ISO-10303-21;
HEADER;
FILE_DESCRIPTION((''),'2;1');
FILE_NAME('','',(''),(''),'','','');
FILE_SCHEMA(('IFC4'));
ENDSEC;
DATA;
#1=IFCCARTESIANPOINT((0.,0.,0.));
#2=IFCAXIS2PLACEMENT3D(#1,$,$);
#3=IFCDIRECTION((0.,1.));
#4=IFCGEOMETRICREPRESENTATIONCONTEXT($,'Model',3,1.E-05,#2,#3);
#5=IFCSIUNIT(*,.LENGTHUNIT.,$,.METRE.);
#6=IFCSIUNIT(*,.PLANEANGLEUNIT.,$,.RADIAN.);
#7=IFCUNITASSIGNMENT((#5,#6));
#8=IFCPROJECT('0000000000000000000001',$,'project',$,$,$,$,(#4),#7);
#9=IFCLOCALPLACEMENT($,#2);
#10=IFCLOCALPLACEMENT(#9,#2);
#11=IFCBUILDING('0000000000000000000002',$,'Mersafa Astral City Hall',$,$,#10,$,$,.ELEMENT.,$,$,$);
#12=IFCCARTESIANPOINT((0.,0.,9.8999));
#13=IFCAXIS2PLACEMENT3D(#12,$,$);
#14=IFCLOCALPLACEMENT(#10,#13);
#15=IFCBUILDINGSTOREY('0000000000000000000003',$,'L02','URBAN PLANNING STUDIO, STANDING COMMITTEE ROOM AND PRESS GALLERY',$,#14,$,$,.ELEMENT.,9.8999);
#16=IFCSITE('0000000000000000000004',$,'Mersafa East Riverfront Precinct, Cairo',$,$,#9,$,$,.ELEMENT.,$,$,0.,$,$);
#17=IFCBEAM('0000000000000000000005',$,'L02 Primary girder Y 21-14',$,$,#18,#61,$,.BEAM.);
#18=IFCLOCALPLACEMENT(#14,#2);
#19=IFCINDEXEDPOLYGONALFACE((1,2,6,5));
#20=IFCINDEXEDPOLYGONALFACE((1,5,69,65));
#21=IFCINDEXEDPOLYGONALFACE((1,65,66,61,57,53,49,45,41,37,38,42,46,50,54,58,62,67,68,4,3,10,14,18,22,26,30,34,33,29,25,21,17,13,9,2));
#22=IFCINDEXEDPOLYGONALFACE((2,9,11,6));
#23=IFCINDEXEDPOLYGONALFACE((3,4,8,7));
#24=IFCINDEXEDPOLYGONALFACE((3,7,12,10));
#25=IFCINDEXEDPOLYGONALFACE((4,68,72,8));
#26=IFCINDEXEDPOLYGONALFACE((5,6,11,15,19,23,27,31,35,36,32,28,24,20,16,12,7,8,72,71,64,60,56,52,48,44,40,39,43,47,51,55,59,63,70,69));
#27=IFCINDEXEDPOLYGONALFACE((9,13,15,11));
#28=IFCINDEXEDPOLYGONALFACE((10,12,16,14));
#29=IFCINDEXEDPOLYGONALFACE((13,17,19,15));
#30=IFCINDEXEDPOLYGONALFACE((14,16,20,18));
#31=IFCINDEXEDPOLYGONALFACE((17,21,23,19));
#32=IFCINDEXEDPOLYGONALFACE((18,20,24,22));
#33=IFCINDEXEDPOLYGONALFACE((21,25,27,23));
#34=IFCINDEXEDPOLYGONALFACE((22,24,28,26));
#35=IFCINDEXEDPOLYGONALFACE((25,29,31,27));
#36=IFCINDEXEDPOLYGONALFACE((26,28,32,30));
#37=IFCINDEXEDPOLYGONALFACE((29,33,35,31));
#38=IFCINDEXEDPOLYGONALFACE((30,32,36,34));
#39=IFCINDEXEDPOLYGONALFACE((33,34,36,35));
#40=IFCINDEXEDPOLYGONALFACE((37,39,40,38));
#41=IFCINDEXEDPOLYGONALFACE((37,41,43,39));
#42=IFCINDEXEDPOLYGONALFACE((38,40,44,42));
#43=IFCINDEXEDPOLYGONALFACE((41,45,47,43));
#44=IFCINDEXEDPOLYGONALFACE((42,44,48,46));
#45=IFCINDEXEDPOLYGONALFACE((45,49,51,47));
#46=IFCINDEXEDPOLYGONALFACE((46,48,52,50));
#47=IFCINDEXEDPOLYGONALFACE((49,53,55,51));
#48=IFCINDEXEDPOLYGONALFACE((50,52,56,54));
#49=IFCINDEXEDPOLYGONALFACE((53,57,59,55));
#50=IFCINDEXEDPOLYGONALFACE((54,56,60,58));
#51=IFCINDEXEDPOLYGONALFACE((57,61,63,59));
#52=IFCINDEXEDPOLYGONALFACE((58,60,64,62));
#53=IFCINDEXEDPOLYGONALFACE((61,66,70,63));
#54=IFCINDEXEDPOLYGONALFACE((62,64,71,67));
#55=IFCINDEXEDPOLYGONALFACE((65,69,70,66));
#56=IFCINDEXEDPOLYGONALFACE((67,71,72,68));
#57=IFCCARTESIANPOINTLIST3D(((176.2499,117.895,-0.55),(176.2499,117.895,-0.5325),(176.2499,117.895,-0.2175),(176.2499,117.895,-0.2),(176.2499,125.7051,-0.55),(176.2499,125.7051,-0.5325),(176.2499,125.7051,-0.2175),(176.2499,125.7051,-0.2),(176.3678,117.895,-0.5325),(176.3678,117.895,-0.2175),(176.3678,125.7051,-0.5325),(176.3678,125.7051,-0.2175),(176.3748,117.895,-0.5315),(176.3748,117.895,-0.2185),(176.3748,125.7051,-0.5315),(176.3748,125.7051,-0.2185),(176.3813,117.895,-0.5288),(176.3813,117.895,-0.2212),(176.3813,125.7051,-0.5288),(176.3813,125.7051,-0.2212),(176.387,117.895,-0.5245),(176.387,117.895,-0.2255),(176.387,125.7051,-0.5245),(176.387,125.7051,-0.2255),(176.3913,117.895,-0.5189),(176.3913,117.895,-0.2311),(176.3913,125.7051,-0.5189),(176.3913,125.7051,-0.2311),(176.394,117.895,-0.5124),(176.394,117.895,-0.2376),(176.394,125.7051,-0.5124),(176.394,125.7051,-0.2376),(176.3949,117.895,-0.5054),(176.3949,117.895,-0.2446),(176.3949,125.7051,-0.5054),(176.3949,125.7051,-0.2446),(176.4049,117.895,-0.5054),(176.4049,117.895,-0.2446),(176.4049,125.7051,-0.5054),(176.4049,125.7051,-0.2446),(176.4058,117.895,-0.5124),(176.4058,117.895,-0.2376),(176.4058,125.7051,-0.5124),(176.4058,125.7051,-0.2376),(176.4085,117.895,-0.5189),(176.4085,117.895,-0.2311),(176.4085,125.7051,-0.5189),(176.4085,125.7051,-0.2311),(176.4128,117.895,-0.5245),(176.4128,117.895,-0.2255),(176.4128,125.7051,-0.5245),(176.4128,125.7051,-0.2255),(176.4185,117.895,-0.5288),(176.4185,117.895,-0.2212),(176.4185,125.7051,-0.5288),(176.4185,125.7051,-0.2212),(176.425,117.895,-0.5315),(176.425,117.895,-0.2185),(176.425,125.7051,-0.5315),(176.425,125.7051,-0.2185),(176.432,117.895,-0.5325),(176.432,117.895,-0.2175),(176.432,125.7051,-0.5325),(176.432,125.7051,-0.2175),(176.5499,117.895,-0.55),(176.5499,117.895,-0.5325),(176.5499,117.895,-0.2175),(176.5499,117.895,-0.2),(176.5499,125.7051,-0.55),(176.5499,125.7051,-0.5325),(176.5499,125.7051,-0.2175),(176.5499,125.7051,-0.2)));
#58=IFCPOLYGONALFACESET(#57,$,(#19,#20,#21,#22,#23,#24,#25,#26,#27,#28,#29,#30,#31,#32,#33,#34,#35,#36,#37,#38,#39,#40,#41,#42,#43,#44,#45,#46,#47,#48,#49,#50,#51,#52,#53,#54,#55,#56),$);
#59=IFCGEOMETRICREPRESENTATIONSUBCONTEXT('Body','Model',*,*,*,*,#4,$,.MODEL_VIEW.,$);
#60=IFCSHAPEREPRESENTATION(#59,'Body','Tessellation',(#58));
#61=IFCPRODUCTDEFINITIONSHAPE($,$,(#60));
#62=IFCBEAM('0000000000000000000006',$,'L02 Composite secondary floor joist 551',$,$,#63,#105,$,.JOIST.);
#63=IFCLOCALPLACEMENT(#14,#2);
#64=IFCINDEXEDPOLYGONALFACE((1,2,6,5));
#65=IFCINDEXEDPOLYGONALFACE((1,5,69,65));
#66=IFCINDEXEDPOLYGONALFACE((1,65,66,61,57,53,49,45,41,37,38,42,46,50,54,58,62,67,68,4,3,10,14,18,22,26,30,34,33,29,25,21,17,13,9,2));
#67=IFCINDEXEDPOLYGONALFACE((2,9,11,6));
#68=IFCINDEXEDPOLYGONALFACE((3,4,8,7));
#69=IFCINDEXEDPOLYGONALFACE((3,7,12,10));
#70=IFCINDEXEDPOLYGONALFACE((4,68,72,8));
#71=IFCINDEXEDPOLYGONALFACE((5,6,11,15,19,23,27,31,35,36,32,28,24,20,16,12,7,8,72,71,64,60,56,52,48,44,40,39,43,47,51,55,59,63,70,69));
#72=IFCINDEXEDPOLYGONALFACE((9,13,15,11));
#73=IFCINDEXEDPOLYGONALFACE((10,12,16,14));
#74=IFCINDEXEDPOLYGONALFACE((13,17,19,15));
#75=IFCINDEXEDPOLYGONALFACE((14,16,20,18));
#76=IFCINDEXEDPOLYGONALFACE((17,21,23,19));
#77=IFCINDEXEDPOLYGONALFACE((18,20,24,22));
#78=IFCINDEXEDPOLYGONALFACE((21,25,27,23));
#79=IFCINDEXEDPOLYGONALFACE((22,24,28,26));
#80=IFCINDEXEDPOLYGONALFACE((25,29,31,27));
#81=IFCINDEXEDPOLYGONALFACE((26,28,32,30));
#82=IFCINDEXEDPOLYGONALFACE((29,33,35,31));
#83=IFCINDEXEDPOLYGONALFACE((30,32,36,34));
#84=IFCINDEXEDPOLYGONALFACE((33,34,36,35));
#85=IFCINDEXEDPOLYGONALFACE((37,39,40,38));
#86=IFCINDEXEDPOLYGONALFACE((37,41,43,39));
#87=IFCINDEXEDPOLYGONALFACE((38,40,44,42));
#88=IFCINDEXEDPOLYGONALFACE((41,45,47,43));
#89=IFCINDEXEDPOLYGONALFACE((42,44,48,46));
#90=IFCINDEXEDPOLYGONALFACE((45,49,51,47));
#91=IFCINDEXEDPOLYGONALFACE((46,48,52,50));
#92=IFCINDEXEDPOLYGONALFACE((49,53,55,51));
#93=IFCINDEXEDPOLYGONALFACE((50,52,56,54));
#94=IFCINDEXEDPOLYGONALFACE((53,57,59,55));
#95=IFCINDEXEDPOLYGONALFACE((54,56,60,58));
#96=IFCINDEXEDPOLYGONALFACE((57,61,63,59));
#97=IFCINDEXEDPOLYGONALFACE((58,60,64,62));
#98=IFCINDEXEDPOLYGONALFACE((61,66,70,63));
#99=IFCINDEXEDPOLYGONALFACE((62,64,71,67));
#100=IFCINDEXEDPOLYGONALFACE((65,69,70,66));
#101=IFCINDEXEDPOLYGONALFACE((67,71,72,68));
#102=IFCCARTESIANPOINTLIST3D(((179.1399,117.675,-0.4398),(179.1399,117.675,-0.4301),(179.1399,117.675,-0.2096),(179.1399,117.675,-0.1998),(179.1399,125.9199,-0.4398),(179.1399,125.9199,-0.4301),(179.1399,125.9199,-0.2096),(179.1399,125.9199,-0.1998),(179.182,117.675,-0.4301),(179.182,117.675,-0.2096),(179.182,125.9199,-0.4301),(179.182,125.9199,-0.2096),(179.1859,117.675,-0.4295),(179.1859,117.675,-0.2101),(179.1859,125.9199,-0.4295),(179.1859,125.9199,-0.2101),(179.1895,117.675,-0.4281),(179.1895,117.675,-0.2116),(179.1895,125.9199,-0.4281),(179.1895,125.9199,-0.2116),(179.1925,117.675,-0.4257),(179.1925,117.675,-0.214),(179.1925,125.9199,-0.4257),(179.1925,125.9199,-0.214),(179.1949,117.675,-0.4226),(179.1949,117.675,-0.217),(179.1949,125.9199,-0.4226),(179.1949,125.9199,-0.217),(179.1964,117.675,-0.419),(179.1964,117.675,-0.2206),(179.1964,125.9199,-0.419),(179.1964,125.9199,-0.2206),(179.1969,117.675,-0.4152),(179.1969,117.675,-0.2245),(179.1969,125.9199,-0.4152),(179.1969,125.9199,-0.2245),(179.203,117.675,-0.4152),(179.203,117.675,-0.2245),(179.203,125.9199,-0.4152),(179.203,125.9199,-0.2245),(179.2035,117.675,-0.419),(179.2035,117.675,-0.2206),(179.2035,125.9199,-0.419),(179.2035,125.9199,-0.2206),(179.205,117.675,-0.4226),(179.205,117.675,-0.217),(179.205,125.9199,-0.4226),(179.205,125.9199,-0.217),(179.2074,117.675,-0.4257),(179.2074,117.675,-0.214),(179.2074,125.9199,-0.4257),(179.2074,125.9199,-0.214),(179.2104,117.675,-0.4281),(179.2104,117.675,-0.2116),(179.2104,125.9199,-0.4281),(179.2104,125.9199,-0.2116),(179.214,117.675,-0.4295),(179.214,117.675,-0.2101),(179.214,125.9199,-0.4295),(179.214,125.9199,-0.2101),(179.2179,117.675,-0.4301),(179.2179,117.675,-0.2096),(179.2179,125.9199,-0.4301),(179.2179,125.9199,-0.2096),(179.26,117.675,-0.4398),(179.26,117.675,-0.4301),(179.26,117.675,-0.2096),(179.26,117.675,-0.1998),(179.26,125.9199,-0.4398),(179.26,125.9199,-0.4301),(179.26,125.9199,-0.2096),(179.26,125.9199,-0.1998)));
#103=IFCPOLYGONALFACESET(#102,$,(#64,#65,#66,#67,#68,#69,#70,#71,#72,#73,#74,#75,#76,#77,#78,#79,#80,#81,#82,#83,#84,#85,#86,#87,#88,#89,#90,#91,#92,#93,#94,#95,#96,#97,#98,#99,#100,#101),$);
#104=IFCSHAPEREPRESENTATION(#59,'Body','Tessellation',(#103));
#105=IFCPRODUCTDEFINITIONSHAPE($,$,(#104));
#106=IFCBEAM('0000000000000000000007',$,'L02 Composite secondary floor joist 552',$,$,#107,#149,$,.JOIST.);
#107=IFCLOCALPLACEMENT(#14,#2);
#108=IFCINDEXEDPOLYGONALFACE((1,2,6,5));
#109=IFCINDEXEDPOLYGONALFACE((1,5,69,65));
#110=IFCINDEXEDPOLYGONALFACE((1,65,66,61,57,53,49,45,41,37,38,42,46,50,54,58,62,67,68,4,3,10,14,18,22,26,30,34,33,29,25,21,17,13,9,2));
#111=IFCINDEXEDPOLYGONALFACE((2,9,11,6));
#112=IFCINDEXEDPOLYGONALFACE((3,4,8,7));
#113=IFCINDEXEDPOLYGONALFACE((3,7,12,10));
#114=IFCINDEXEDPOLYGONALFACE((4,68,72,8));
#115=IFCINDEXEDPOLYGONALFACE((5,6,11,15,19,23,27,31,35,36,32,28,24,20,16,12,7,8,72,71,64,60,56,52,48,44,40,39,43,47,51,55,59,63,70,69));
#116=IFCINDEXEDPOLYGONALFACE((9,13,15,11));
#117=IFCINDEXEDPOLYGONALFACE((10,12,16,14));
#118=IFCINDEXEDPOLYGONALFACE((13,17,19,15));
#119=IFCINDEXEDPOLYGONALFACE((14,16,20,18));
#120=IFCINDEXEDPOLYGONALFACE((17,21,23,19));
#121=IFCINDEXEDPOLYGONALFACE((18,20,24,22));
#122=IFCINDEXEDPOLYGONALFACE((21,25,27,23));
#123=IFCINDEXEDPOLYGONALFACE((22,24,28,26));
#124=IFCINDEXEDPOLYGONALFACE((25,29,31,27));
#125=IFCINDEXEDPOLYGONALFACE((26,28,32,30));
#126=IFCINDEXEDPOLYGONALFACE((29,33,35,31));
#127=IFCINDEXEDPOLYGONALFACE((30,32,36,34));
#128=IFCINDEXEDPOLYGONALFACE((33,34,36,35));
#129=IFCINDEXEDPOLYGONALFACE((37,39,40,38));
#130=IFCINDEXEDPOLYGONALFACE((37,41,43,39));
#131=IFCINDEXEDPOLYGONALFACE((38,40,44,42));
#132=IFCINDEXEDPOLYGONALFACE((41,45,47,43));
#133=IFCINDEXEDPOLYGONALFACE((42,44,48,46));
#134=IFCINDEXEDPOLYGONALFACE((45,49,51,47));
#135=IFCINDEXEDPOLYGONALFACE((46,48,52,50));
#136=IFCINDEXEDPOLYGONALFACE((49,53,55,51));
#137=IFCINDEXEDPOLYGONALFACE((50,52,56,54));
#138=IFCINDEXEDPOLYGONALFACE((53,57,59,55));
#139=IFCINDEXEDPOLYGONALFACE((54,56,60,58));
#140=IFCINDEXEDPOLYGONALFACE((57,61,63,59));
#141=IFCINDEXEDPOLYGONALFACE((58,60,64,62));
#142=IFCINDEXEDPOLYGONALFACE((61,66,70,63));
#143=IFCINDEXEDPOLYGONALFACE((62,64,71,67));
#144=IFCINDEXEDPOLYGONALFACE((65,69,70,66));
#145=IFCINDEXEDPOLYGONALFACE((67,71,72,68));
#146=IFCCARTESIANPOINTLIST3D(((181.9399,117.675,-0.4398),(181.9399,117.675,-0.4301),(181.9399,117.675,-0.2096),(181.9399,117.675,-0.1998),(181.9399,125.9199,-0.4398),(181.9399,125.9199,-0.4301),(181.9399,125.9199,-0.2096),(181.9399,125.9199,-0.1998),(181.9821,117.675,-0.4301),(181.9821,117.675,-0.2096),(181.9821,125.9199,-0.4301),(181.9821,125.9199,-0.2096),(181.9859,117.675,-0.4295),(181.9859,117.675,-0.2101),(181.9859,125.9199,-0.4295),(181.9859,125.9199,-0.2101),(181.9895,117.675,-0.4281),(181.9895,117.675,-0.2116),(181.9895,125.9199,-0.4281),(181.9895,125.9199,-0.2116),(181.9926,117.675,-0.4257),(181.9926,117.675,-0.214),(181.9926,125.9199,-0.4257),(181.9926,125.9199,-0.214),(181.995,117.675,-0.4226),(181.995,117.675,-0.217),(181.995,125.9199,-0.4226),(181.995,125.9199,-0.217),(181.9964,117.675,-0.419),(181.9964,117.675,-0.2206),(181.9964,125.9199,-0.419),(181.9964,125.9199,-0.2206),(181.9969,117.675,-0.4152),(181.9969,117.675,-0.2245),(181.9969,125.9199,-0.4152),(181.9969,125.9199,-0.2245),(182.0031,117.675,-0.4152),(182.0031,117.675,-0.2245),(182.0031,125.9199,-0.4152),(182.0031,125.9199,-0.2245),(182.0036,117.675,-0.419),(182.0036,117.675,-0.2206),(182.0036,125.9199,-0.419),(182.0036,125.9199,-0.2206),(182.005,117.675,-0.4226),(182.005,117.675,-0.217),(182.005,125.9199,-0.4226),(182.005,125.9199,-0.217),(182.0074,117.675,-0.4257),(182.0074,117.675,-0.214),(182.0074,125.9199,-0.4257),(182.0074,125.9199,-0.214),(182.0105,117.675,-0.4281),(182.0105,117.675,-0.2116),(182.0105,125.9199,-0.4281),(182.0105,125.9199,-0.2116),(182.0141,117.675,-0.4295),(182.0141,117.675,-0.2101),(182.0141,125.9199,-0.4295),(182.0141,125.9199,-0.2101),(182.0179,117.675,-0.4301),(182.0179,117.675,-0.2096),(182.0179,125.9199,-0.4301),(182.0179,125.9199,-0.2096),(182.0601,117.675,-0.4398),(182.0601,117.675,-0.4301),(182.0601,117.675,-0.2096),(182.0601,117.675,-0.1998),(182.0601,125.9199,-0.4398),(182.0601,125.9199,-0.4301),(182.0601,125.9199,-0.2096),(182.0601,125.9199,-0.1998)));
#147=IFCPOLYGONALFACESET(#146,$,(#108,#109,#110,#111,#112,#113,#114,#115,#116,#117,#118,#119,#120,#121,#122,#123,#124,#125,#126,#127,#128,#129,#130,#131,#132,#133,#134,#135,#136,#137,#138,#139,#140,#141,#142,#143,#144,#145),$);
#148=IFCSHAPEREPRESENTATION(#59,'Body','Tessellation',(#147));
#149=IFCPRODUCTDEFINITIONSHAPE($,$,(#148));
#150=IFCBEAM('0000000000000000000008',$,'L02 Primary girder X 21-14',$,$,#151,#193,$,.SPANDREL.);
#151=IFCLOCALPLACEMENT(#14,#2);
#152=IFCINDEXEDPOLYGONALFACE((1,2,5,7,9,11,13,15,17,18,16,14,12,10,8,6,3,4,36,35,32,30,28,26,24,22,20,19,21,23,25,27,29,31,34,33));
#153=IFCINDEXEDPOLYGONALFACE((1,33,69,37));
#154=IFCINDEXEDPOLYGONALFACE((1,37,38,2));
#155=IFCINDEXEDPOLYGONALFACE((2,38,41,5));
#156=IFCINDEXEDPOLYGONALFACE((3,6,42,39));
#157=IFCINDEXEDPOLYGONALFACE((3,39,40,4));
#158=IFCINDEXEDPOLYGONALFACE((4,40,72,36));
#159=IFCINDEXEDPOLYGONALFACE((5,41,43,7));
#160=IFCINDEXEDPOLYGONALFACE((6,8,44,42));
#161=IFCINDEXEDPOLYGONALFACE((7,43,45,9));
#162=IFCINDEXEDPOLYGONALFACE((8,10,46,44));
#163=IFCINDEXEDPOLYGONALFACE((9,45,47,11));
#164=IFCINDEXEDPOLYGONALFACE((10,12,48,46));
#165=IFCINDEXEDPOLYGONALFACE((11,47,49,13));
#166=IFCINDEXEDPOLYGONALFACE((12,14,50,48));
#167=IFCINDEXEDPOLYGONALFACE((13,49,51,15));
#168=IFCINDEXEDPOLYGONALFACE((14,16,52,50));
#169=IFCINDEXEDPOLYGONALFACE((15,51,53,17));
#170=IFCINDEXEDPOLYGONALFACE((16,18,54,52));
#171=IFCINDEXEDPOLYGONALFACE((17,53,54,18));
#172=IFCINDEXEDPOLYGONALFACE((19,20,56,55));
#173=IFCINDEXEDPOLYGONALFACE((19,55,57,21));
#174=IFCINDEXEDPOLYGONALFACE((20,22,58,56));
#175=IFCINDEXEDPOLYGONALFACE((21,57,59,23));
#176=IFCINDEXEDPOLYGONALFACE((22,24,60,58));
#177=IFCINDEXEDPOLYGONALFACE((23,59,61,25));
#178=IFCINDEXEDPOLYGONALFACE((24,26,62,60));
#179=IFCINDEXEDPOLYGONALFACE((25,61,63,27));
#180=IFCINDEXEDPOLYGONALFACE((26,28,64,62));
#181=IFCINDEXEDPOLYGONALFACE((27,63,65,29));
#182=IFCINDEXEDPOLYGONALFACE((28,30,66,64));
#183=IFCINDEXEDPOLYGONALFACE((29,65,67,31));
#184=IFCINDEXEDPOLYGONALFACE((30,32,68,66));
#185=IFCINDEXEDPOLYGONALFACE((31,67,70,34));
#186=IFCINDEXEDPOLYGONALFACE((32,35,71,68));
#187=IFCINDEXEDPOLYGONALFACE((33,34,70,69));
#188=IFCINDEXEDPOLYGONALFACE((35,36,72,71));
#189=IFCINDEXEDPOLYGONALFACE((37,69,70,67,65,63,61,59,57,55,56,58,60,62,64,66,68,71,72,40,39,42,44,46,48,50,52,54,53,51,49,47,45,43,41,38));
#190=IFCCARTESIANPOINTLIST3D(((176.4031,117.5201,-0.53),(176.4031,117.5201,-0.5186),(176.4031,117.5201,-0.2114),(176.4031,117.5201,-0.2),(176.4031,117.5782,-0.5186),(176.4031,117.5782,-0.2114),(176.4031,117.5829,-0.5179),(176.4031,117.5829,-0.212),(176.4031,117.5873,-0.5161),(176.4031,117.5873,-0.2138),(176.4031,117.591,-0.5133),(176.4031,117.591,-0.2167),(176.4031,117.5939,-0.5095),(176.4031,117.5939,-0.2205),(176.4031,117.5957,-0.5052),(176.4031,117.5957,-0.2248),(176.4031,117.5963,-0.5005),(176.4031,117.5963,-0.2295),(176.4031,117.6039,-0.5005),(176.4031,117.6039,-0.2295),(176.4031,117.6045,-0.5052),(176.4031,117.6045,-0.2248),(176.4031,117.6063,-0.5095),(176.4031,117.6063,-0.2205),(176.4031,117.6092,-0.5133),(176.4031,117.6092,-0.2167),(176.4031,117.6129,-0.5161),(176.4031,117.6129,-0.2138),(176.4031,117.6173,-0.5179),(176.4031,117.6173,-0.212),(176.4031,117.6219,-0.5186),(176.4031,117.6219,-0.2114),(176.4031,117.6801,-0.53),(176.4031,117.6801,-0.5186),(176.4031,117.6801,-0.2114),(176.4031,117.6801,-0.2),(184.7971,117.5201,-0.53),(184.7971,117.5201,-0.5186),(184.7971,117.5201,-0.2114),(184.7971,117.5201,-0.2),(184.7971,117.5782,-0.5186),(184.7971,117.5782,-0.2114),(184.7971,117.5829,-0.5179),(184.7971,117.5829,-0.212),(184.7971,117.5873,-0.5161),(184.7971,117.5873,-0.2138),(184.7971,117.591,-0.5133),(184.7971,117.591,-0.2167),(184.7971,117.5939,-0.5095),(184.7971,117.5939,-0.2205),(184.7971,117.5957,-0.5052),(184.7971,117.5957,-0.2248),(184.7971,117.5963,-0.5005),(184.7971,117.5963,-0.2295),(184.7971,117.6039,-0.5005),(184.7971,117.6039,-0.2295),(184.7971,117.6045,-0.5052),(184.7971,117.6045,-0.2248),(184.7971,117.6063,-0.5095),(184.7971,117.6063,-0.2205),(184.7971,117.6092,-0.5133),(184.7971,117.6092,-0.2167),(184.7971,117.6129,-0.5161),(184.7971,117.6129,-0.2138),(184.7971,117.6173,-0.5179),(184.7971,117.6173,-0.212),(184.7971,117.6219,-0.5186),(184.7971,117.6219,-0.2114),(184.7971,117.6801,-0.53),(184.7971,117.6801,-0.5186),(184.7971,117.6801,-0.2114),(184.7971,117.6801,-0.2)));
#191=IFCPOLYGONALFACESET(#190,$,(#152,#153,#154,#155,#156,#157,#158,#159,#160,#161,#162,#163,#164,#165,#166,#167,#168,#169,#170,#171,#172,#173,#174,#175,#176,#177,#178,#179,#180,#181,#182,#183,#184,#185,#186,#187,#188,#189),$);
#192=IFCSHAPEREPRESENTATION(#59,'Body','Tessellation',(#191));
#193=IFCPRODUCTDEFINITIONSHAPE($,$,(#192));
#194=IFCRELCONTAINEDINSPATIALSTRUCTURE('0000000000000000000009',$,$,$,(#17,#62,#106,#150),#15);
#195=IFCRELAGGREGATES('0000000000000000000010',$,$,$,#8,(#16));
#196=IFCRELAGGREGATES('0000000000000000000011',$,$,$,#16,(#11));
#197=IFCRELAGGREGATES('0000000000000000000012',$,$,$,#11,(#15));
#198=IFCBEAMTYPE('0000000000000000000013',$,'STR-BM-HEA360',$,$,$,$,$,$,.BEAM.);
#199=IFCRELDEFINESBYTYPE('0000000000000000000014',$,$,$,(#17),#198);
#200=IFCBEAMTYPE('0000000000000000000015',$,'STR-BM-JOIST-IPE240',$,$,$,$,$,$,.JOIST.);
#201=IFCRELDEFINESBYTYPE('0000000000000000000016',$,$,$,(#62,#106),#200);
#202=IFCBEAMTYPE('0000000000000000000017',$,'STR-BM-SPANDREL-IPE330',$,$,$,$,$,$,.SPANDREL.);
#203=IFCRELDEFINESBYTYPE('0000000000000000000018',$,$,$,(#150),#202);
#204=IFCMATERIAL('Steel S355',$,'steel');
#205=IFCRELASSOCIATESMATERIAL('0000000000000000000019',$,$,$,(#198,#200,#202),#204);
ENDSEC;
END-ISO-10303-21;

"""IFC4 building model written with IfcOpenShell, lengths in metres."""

from ifc_helpers import new_model, si_unit, direction, frame, origin, origin_2d, place, context, subcontext, project, spatial, i_section, extrude, material, material_profile, profile_set, type_object, element, save


model = new_model("IFC4")

# Units and contexts
model_context = context("Model", 3, precision=1e-05, world=origin(), true_north=direction((0.0, 1.0)))
body_context = subcontext(model_context, "Body", "Model", "MODEL_VIEW")
ifc_project = project(units=[si_unit("LENGTHUNIT", "METRE"), si_unit("PLANEANGLEUNIT", "RADIAN")], contexts=[model_context])

# Site, building, storey
site_placement = place(None, origin())
site = spatial("IfcSite", under=ifc_project, at=site_placement, Name="Mersafa East Riverfront Precinct, Cairo", CompositionType="ELEMENT", RefElevation=0.0)
building_placement = place(site_placement, origin())
building = spatial("IfcBuilding", under=site, at=building_placement, Name="Mersafa Astral City Hall", CompositionType="ELEMENT")
storey_placement = place(building_placement, frame((0.0, 0.0, 9.8999)))
storey = spatial("IfcBuildingStorey", under=building, at=storey_placement, Name="L02", Description="URBAN PLANNING STUDIO, STANDING COMMITTEE ROOM AND PRESS GALLERY", CompositionType="ELEMENT", Elevation=9.8999)

# Shared definitions
ifc_material_1 = material(Name="Steel S355", Category="steel")

# Beams
ifc_material_profile_1 = material_profile(ifc_material_1, i_section(OverallWidth=0.3, OverallDepth=0.3501, WebThickness=0.01, FlangeThickness=0.0176, FilletRadius=0.0271, at=origin_2d()), Name="HEA 360")
ifc_profile_set_1 = profile_set([ifc_material_profile_1], Name="Steel S355")
beam_type_1 = type_object("IfcBeamType", Name="STR-BM-HEA360", PredefinedType="BEAM", material=ifc_profile_set_1)
beam_1_placement = place(storey_placement, frame((176.3999, 117.895, -0.375), z_axis=(0.0, 1.0, 0.0), x_axis=(-1.0, 0.0, 0.0)))
element("IfcBeam", 1, at=beam_1_placement, inside=storey, type_object=beam_type_1, Name="L02 Primary girder Y 21-14", PredefinedType="BEAM", context=body_context, shape_type="SweptSolid", body=[
    extrude(i_section(OverallWidth=0.3, OverallDepth=0.3501, WebThickness=0.01, FlangeThickness=0.0176, FilletRadius=0.0271, at=origin_2d()), origin(), (0.0, 0.0, 1.0), 7.8101),
])
ifc_material_profile_2 = material_profile(ifc_material_1, i_section(OverallWidth=0.1201, OverallDepth=0.24, WebThickness=0.0061, FlangeThickness=0.0098, FilletRadius=0.0149, at=origin_2d()), Name="IPE 240")
ifc_profile_set_2 = profile_set([ifc_material_profile_2], Name="Steel S355")
beam_type_2 = type_object("IfcBeamType", Name="STR-BM-JOIST-IPE240", PredefinedType="JOIST", material=ifc_profile_set_2)
for number, where, z_axis, x_axis, name in (
    (2, (179.2, 117.675, -0.3198), (0.0, 1.0, 0.0), (-1.0, 0.0, 0.0), "L02 Composite secondary floor joist 551"),
    (3, (182.0, 117.675, -0.3198), (0.0, 1.0, 0.0), (-1.0, 0.0, 0.0), "L02 Composite secondary floor joist 552"),
):
    element("IfcBeam", number, at=place(storey_placement, frame(where, z_axis=z_axis, x_axis=x_axis)), inside=storey, type_object=beam_type_2, Name=name, PredefinedType="JOIST", context=body_context, shape_type="SweptSolid", body=[
        extrude(i_section(OverallWidth=0.1201, OverallDepth=0.24, WebThickness=0.0061, FlangeThickness=0.0098, FilletRadius=0.0149, at=origin_2d()), origin(), (0.0, 0.0, 1.0), 8.2449),
    ])
ifc_material_profile_3 = material_profile(ifc_material_1, i_section(OverallWidth=0.1599, OverallDepth=0.3301, WebThickness=0.0076, FlangeThickness=0.0115, FilletRadius=0.0181, at=origin_2d()), Name="IPE 330")
ifc_profile_set_3 = profile_set([ifc_material_profile_3], Name="Steel S355")
beam_type_3 = type_object("IfcBeamType", Name="STR-BM-SPANDREL-IPE330", PredefinedType="SPANDREL", material=ifc_profile_set_3)
beam_2_placement = place(storey_placement, frame((176.4031, 117.6001, -0.365), z_axis=(1.0, 0.0, 0.0), x_axis=(0.0, 1.0, 0.0)))
element("IfcBeam", 4, at=beam_2_placement, inside=storey, type_object=beam_type_3, Name="L02 Primary girder X 21-14", PredefinedType="SPANDREL", context=body_context, shape_type="SweptSolid", body=[
    extrude(i_section(OverallWidth=0.1599, OverallDepth=0.3301, WebThickness=0.0076, FlangeThickness=0.0115, FilletRadius=0.0181, at=origin_2d()), origin(), (0.0, 0.0, 1.0), 8.394),
])

save(model, "model.ifc")
